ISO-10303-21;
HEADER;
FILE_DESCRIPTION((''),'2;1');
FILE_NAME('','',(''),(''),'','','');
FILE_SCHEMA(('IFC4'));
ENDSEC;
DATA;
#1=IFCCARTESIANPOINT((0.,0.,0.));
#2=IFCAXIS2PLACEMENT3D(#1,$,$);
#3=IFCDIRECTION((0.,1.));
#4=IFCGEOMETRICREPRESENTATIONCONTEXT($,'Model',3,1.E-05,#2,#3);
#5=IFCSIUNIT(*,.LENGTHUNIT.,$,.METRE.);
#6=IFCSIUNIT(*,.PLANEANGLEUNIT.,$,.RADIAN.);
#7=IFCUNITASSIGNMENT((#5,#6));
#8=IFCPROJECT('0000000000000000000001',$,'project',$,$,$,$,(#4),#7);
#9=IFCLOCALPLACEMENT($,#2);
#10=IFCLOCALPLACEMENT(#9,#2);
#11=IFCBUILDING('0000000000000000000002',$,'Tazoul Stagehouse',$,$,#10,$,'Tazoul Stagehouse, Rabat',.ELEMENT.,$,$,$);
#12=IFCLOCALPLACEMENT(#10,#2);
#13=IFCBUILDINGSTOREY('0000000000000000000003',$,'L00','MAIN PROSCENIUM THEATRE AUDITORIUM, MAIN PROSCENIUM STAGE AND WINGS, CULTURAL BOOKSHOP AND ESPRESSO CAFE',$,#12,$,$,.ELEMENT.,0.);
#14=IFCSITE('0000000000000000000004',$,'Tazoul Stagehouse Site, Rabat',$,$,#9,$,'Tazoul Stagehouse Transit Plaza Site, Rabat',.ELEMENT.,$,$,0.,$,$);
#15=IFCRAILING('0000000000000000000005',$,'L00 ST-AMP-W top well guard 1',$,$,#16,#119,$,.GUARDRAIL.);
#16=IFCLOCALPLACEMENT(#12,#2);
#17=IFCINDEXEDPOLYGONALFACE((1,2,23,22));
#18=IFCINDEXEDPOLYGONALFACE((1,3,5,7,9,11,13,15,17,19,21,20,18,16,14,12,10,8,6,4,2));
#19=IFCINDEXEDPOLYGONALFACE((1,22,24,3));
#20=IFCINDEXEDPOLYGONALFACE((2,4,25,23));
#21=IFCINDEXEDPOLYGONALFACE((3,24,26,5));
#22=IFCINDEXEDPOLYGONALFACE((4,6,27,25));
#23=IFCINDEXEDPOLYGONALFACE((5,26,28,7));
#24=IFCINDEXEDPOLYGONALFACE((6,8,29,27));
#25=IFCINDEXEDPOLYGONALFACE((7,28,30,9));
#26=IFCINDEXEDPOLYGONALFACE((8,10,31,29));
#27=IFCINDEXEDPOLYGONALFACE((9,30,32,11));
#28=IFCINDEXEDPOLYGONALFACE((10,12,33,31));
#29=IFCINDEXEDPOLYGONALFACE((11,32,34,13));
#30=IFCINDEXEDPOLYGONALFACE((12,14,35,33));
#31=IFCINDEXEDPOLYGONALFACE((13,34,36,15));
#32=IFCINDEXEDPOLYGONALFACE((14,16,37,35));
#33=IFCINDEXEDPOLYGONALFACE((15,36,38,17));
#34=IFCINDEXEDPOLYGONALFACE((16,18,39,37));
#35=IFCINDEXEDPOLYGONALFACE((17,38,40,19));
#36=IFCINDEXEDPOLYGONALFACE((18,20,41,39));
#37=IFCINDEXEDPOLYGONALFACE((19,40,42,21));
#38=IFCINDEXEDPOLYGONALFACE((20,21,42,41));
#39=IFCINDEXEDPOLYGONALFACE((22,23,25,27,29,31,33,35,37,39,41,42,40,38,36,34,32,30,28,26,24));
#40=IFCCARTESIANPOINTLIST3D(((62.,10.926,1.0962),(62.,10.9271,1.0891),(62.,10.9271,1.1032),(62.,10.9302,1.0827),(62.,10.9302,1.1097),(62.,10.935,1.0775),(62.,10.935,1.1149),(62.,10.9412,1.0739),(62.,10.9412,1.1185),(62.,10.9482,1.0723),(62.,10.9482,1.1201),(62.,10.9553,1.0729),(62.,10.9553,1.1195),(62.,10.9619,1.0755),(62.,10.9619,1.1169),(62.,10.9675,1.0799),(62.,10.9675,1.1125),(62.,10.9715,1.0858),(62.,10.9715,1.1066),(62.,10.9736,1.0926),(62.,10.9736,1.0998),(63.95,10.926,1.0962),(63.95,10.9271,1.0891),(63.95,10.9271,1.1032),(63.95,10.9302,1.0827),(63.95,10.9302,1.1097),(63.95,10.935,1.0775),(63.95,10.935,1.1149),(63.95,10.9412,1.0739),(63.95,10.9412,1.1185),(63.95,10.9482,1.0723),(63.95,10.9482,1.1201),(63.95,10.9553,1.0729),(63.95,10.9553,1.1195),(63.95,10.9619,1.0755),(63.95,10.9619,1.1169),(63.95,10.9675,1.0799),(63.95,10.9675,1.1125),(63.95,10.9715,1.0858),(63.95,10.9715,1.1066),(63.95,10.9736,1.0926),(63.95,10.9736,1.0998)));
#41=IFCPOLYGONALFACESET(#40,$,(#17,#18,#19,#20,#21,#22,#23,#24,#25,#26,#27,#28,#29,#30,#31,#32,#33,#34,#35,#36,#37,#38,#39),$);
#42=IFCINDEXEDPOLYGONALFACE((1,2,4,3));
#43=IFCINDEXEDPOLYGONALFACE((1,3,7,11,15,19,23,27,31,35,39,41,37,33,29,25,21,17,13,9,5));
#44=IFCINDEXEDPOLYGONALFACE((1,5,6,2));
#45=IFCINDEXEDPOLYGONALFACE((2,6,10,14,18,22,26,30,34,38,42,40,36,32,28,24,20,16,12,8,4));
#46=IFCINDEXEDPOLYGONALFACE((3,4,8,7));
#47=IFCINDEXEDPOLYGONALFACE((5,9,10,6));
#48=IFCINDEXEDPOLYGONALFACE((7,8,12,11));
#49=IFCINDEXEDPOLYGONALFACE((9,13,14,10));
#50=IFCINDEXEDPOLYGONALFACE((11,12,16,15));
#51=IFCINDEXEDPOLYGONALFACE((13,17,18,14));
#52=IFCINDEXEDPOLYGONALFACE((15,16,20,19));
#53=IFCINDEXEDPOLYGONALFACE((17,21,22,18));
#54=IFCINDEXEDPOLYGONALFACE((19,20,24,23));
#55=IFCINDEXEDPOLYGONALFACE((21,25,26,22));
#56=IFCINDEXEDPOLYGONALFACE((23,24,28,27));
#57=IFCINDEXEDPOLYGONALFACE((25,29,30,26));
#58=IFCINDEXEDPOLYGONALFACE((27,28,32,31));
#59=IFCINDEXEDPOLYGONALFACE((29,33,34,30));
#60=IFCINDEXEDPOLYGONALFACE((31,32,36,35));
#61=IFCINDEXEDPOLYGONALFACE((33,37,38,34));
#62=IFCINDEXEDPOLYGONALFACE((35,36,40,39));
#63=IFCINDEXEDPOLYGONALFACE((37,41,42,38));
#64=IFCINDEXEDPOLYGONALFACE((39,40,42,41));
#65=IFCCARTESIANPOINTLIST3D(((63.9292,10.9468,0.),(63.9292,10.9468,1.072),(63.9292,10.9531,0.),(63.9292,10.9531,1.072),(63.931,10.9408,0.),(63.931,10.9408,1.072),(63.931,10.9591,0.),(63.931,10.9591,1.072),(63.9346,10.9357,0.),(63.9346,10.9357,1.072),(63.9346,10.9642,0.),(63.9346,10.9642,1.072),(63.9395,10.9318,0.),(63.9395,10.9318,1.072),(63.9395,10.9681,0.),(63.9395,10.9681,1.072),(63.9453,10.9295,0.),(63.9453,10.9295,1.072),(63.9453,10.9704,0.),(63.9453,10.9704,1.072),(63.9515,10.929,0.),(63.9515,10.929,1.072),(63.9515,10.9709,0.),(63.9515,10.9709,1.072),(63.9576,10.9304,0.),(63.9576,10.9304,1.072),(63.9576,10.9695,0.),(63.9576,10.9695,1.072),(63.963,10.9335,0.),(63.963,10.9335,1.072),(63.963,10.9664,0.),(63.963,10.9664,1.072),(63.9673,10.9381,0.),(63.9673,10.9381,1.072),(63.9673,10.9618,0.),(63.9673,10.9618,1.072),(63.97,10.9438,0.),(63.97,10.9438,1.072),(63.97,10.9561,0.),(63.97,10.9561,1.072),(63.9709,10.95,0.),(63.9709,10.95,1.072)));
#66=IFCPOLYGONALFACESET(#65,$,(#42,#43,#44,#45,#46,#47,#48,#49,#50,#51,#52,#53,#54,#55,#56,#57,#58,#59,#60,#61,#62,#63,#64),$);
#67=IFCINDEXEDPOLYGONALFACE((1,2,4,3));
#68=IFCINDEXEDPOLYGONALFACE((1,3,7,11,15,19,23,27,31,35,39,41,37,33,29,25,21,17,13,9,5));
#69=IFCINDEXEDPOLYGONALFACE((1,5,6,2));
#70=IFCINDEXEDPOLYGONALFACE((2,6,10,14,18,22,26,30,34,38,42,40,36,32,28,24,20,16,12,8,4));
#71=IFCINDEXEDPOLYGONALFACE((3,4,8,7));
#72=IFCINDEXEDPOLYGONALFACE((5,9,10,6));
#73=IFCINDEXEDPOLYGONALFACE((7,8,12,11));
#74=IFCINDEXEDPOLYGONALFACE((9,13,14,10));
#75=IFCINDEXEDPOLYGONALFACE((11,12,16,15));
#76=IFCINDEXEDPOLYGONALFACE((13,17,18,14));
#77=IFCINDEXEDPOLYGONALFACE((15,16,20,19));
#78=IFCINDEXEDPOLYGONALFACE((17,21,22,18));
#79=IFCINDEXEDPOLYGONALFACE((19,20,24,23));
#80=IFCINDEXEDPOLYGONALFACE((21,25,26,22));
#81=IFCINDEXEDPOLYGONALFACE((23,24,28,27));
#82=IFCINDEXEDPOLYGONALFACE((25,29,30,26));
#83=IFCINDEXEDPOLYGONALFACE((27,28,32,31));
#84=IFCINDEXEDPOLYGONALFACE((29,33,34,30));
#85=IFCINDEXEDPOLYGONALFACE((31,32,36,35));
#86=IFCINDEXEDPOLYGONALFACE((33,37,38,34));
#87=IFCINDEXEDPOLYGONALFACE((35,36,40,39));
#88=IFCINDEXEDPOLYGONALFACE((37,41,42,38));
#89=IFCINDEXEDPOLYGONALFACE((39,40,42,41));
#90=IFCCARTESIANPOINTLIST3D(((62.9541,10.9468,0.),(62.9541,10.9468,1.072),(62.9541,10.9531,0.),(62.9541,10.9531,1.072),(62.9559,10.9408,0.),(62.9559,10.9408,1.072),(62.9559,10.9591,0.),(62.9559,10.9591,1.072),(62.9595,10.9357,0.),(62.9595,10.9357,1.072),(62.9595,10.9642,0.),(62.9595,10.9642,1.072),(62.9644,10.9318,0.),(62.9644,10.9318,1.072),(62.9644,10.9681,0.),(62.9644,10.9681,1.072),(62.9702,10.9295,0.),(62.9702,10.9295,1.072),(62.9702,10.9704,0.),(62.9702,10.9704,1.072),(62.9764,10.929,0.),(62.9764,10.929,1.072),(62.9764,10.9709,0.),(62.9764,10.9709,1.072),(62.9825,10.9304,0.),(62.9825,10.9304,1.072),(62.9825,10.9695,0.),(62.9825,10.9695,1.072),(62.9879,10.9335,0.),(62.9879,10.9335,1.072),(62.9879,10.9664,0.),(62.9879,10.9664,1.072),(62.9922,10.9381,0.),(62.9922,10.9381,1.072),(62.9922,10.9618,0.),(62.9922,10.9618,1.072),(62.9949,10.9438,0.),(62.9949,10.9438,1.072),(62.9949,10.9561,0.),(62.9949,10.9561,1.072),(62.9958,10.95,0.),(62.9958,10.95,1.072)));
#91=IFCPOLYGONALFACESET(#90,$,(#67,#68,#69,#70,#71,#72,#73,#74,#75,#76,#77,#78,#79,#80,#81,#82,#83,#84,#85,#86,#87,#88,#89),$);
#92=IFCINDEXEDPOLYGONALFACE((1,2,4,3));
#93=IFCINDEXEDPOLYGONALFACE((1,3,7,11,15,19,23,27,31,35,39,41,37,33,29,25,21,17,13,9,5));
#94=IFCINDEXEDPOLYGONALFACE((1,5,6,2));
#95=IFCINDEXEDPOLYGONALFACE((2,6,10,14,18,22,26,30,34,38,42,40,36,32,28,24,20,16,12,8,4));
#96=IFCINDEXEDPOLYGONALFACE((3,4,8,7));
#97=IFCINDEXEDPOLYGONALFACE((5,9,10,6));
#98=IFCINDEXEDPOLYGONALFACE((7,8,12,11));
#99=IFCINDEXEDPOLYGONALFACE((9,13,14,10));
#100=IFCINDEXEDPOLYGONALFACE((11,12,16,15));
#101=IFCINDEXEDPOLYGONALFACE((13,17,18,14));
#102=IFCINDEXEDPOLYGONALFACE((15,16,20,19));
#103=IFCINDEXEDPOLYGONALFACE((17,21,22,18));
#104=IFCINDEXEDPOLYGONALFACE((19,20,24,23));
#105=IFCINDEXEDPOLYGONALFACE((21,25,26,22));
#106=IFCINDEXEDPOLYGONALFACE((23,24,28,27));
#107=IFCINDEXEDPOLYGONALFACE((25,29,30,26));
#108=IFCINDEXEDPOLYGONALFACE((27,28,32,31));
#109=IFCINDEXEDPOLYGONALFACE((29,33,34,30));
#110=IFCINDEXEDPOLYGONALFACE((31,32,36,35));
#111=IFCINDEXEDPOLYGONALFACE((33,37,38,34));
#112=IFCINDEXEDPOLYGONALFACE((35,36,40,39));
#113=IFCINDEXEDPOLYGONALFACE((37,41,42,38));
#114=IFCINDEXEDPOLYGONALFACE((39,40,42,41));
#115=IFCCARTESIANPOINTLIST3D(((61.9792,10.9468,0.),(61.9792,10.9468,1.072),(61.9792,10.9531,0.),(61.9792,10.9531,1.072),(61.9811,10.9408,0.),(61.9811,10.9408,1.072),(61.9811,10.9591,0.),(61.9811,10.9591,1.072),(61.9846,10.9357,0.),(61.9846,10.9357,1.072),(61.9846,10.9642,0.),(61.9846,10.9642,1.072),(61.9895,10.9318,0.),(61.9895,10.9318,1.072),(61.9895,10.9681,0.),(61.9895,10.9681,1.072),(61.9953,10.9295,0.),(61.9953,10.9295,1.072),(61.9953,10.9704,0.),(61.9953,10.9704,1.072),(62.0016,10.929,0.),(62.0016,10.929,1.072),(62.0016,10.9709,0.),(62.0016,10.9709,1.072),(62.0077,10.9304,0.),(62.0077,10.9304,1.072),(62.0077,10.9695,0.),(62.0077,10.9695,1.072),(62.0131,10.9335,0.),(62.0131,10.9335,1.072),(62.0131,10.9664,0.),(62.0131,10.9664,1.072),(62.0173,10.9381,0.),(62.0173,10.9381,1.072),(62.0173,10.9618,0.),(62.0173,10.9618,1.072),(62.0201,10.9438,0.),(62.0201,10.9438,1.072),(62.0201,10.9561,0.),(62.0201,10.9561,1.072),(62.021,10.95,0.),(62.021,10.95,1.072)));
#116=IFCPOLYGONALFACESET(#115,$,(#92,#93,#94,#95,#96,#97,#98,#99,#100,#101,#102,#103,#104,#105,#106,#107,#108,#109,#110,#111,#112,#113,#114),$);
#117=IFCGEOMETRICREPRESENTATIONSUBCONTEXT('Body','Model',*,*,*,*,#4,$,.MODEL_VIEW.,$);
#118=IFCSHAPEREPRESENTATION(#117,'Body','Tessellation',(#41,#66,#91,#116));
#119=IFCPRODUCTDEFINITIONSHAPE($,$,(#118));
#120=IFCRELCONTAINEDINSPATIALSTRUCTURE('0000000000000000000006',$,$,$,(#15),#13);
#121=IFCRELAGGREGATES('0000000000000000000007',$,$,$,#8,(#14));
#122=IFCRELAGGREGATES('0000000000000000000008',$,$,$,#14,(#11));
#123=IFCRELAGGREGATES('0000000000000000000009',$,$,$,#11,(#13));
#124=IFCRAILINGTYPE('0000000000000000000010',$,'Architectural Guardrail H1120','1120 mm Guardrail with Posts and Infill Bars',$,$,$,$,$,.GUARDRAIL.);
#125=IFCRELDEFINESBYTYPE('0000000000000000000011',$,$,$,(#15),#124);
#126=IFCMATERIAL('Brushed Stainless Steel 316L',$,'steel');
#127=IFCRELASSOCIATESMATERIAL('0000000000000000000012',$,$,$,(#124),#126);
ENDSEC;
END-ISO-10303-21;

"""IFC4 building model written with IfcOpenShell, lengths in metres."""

from ifc_helpers import new_model, si_unit, direction, frame, origin, origin_2d, place, context, subcontext, project, spatial, circle, extrude, material, material_profile, profile_set, type_object, element, save


model = new_model("IFC4")

# Units and contexts
model_context = context("Model", 3, precision=1e-05, world=origin(), true_north=direction((0.0, 1.0)))
body_context = subcontext(model_context, "Body", "Model", "MODEL_VIEW")
ifc_project = project(units=[si_unit("LENGTHUNIT", "METRE"), si_unit("PLANEANGLEUNIT", "RADIAN")], contexts=[model_context])

# Site, building, storey
site_placement = place(None, origin())
site = spatial("IfcSite", under=ifc_project, at=site_placement, Name="Tazoul Stagehouse Site, Rabat", LongName="Tazoul Stagehouse Transit Plaza Site, Rabat", CompositionType="ELEMENT", RefElevation=0.0)
building_placement = place(site_placement, origin())
building = spatial("IfcBuilding", under=site, at=building_placement, Name="Tazoul Stagehouse", LongName="Tazoul Stagehouse, Rabat", CompositionType="ELEMENT")
storey_placement = place(building_placement, origin())
storey = spatial("IfcBuildingStorey", under=building, at=storey_placement, Name="L00", Description="MAIN PROSCENIUM THEATRE AUDITORIUM, MAIN PROSCENIUM STAGE AND WINGS, CULTURAL BOOKSHOP AND ESPRESSO CAFE", CompositionType="ELEMENT", Elevation=0.0)

# Railing
ifc_material_1 = material(Name="Brushed Stainless Steel 316L", Category="steel")
ifc_material_profile_1 = material_profile(ifc_material_1, circle(Radius=0.0239, at=origin_2d()), Name="SS RAIL D48")
ifc_profile_set_1 = profile_set([ifc_material_profile_1], Name="Brushed Stainless Steel 316L")
railing_type_1 = type_object("IfcRailingType", Name="Architectural Guardrail H1120", Description="1120 mm Guardrail with Posts and Infill Bars", PredefinedType="GUARDRAIL", material=ifc_profile_set_1)
railing_1_placement = place(storey_placement, frame((63.95, 10.95, 0.0)))
element("IfcRailing", 1, at=railing_1_placement, inside=storey, type_object=railing_type_1, Name="L00 ST-AMP-W top well guard 1", PredefinedType="GUARDRAIL", context=body_context, shape_type="SweptSolid", body=[
    extrude(circle(Radius=0.0239, at=origin_2d()), frame((0.0, 0.0, 1.0962), z_axis=(-1.0, 0.0, 0.0), x_axis=(0.0, -1.0, 0.0)), (0.0, 0.0, 1.0), 1.95),
    extrude(circle(Radius=0.021, at=origin_2d()), origin(), (0.0, 0.0, 1.0), 1.072),
    extrude(circle(Radius=0.021, at=origin_2d()), frame((-0.9751, 0.0, 0.0)), (0.0, 0.0, 1.0), 1.072),
    extrude(circle(Radius=0.021, at=origin_2d()), frame((-1.95, 0.0, 0.0)), (0.0, 0.0, 1.0), 1.072),
])

save(model, "model.ifc")
